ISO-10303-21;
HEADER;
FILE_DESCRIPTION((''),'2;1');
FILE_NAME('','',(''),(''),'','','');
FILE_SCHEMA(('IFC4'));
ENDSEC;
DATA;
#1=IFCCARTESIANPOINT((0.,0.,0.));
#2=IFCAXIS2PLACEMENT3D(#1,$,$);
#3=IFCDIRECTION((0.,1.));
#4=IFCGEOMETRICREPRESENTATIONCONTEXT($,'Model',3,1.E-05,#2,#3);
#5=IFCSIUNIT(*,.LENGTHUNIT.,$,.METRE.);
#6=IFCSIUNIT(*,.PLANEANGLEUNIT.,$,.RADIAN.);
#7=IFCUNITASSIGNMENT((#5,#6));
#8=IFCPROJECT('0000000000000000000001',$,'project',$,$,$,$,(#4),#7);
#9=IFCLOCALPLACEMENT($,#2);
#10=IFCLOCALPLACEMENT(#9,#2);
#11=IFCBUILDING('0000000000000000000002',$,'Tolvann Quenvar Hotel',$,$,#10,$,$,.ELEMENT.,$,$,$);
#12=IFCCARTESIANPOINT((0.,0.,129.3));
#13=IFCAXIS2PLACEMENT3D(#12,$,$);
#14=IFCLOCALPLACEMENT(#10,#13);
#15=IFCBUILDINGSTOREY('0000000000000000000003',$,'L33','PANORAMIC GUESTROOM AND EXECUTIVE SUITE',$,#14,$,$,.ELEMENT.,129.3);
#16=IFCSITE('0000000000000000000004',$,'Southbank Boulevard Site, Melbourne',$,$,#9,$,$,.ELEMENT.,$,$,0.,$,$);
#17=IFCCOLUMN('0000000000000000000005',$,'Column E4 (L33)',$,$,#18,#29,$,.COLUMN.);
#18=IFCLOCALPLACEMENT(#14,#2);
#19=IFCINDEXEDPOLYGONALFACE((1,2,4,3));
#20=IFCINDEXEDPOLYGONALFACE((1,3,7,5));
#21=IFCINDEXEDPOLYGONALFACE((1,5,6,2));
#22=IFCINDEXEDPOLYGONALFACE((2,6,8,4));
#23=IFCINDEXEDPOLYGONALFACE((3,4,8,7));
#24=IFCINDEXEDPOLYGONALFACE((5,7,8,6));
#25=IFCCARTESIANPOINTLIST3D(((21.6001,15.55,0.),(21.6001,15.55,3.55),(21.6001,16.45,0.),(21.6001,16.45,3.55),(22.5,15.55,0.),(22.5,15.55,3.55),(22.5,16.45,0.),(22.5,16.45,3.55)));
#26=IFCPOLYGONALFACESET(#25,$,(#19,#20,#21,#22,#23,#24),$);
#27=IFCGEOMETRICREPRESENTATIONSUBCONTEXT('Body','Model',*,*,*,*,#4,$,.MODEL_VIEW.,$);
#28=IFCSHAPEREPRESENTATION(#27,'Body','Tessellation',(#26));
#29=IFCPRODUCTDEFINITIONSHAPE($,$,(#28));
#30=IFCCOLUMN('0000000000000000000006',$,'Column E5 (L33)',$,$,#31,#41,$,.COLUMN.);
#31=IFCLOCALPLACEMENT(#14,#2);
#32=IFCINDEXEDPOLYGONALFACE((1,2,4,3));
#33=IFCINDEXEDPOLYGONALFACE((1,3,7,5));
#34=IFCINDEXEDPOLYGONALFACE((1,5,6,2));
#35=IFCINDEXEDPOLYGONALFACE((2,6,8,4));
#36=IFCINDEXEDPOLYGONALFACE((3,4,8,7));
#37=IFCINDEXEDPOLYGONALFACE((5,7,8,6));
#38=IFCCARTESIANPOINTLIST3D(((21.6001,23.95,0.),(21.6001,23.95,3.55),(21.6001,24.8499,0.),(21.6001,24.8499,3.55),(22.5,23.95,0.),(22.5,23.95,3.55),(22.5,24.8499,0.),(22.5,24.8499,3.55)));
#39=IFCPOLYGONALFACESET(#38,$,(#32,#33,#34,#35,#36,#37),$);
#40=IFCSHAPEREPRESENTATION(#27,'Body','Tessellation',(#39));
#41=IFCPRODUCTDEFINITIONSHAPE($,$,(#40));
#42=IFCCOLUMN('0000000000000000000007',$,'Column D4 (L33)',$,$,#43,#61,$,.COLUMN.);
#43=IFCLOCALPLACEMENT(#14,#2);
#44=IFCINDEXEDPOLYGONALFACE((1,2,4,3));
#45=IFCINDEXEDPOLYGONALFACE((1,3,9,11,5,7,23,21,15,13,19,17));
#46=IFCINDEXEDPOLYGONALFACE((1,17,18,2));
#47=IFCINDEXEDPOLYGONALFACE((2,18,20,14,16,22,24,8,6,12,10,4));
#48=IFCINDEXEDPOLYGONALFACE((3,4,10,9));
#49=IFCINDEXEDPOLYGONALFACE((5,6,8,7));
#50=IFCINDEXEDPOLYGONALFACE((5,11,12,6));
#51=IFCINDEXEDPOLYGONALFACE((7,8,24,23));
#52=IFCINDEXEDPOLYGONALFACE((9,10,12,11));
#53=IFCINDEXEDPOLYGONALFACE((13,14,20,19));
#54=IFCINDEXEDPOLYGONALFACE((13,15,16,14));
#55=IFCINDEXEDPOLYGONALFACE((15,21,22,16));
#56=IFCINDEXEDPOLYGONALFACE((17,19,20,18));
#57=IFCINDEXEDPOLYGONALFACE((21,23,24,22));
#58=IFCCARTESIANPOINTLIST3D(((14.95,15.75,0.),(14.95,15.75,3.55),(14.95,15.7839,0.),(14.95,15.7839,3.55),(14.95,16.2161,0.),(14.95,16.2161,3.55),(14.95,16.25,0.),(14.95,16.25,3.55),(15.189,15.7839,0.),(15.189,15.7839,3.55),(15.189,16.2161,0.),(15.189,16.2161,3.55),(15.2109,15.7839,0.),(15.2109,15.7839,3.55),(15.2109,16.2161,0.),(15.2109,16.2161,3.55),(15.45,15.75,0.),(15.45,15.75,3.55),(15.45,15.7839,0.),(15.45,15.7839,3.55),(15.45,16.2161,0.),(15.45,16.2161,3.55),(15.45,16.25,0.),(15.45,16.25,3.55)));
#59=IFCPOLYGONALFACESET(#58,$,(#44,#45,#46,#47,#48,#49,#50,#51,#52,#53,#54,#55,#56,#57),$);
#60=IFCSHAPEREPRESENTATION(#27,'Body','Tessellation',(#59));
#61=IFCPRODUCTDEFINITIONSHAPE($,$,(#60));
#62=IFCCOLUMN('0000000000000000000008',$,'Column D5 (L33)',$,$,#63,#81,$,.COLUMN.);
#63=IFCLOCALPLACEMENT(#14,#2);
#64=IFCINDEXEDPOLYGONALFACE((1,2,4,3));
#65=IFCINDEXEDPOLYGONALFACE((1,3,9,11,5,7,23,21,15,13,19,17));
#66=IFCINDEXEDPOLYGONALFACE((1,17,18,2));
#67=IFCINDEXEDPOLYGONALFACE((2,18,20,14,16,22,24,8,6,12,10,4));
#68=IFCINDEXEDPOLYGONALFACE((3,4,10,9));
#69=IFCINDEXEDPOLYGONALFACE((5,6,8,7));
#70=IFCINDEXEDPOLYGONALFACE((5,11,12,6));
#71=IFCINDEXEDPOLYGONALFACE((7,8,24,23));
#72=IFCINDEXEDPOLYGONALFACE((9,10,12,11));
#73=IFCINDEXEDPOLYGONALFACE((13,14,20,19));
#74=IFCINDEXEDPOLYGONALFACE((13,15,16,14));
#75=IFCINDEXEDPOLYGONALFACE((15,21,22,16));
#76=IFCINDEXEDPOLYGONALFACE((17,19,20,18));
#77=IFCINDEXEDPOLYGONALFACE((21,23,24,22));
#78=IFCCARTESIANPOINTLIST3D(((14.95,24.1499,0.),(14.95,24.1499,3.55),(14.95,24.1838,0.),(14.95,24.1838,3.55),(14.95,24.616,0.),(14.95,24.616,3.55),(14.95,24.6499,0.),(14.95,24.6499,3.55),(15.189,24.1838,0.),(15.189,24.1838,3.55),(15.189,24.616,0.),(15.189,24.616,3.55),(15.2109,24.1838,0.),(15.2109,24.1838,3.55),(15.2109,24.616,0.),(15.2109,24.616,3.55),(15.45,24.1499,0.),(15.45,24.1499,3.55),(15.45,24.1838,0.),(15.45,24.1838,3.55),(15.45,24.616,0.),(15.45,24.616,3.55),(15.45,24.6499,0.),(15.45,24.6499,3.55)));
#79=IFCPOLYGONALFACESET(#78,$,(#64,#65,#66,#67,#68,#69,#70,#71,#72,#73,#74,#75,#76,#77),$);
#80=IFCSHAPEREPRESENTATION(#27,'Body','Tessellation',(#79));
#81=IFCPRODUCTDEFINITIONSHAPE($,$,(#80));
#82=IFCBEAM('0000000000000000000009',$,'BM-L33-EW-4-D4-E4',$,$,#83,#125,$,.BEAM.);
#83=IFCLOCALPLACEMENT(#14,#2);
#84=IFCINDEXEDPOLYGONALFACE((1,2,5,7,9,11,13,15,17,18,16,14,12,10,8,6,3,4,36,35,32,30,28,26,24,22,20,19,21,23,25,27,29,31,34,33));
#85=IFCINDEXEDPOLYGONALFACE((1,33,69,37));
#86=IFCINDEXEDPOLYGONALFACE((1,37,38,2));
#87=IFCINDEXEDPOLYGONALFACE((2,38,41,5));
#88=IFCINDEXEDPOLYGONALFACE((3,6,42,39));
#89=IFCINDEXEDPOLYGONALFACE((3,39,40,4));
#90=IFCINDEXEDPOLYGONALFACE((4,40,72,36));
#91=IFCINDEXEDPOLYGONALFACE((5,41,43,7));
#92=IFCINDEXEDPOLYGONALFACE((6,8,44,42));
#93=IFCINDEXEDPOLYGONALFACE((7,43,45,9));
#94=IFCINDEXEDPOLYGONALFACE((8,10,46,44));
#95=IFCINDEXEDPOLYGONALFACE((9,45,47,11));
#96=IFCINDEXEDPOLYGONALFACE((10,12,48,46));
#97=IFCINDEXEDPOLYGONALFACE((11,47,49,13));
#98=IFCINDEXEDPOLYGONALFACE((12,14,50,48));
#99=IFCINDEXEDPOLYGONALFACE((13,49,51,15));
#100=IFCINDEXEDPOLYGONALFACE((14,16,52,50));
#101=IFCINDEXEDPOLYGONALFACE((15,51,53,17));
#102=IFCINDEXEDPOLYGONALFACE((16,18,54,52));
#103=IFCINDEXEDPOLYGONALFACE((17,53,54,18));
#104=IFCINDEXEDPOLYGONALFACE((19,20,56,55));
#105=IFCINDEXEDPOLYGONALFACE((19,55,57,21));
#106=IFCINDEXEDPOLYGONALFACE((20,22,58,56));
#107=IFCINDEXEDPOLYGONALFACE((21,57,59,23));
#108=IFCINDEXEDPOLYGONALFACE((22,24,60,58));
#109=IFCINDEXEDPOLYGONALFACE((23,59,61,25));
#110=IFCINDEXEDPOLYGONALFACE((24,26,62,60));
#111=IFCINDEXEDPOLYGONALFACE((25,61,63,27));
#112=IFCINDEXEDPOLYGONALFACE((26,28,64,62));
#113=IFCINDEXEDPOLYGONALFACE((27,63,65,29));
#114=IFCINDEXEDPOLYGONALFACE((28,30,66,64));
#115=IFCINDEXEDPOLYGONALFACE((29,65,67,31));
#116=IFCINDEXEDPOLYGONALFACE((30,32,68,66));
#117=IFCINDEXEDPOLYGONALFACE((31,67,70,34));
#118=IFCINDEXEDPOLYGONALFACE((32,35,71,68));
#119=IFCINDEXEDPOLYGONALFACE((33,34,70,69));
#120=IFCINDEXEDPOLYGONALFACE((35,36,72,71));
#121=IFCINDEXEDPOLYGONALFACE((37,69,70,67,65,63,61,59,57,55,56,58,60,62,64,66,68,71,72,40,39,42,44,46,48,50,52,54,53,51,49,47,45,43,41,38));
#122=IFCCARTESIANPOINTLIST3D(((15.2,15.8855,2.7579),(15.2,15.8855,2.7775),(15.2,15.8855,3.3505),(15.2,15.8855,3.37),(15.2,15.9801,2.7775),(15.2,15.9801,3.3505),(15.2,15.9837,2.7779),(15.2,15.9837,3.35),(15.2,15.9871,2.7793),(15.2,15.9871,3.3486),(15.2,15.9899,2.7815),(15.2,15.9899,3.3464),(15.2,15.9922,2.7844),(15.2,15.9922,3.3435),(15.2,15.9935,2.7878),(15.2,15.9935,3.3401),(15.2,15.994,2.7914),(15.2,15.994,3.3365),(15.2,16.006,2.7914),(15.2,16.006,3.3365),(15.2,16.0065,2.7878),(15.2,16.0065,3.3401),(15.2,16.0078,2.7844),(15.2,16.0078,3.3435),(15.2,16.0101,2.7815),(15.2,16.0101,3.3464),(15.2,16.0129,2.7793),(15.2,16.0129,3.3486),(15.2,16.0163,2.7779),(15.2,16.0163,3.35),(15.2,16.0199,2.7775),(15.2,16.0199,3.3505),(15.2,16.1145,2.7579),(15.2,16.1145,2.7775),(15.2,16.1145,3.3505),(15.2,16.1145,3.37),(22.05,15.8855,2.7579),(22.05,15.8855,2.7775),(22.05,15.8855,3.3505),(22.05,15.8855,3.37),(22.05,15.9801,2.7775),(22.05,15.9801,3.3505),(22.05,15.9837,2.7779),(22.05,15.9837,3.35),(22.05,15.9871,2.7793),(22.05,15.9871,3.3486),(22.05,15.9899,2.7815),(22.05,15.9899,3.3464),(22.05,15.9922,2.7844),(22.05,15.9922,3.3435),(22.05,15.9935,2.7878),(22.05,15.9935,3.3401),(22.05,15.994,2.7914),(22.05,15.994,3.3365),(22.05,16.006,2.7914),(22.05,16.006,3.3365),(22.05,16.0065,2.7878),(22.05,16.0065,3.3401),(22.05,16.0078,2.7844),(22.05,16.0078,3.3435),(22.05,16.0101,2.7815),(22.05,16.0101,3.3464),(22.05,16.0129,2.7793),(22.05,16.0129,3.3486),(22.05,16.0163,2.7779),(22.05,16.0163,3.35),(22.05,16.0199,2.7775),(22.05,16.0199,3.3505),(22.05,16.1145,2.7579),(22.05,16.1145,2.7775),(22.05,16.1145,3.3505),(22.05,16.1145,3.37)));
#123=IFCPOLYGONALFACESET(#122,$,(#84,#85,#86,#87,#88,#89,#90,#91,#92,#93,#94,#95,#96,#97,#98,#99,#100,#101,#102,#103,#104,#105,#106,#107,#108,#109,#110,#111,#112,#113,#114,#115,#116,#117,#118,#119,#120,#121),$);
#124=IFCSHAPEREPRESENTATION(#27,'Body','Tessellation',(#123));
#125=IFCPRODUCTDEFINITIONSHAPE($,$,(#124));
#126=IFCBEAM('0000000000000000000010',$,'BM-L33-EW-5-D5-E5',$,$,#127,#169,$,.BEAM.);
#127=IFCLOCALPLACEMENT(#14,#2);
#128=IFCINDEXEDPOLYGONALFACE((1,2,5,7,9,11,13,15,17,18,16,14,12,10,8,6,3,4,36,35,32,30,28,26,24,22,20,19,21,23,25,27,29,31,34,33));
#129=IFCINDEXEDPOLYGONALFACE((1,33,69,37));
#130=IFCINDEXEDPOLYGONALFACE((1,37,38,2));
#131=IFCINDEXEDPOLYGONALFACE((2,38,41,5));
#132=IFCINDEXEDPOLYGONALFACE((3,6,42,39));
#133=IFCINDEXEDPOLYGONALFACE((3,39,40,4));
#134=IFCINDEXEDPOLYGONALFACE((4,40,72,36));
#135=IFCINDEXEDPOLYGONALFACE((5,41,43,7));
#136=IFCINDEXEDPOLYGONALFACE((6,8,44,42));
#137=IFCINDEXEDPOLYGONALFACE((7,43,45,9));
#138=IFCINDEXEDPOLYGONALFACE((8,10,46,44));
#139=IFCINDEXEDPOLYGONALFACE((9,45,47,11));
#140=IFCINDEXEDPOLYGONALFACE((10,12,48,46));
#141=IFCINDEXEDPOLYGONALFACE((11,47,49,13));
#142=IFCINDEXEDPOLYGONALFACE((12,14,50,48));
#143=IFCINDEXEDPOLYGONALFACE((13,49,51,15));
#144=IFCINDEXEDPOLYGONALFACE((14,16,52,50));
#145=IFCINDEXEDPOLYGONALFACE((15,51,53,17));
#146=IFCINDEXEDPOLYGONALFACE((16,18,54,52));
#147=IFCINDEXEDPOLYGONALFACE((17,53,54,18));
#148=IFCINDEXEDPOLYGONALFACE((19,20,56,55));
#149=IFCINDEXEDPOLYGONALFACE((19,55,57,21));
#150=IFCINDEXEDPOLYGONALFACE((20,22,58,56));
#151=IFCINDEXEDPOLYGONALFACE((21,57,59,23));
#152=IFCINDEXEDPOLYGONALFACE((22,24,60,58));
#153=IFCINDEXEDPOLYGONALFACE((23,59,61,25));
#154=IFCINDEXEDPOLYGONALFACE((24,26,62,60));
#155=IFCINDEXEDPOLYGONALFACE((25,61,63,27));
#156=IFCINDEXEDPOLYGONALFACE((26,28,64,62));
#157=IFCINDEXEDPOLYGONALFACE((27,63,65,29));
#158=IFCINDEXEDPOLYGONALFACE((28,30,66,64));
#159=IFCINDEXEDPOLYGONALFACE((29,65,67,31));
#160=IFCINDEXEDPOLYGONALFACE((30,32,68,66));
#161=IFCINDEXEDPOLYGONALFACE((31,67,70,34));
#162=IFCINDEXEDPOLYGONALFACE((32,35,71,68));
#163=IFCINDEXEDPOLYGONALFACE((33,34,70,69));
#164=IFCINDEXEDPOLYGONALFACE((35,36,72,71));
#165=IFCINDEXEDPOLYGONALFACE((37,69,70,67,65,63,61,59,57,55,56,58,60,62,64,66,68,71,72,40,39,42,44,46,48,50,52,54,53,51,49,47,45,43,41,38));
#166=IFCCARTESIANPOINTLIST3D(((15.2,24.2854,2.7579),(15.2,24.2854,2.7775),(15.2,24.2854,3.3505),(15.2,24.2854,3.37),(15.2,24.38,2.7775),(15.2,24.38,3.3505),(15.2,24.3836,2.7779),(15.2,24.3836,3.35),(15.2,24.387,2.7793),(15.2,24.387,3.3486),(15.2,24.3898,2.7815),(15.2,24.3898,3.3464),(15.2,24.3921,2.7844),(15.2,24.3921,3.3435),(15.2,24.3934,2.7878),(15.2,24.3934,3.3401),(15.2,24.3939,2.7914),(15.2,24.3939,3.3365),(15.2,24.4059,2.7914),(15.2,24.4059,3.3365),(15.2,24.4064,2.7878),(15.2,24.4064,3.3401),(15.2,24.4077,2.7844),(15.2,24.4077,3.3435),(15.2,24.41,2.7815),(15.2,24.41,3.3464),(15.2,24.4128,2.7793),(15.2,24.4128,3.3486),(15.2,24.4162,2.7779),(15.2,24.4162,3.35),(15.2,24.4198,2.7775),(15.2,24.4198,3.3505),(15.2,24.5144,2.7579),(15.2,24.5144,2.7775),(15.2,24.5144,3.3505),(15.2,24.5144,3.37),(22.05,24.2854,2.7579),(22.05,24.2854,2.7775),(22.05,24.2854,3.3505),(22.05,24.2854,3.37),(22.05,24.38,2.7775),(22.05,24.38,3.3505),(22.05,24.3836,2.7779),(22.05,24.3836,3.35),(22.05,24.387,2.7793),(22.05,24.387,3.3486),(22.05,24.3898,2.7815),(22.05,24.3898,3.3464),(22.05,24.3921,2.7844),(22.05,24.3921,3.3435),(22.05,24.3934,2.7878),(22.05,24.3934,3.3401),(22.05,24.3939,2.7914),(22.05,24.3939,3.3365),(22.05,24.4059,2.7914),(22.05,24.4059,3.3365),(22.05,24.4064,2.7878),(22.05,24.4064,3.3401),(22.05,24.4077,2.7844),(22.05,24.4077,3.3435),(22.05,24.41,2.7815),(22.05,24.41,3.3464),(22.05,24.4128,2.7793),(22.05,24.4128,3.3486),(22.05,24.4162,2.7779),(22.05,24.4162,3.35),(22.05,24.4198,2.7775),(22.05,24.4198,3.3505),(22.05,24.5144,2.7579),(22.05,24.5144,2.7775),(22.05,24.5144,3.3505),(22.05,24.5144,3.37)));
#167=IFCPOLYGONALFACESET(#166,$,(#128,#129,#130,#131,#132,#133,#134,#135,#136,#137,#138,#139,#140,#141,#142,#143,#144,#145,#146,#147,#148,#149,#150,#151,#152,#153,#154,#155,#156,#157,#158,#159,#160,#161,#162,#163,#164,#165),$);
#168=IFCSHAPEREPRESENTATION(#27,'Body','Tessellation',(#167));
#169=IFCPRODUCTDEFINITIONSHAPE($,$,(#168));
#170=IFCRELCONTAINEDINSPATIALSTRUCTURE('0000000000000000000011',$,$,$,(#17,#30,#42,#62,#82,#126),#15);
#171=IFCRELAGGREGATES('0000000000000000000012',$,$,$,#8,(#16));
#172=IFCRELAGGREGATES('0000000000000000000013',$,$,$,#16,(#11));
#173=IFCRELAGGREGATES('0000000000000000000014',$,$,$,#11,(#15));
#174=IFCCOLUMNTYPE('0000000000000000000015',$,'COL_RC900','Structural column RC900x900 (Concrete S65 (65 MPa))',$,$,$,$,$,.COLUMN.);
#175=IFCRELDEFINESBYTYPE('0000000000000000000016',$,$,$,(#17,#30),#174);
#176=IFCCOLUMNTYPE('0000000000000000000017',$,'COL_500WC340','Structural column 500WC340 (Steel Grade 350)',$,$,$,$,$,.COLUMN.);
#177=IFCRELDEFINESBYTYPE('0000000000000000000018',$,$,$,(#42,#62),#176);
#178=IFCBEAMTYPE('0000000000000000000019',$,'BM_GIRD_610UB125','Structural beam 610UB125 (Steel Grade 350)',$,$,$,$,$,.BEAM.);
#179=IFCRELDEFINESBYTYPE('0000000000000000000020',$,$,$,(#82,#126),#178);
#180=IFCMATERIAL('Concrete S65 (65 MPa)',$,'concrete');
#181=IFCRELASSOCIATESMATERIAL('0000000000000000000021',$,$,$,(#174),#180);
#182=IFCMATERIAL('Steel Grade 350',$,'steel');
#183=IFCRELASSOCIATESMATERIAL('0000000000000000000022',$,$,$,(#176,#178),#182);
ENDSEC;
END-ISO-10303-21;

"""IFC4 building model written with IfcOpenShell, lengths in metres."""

from ifc_helpers import new_model, si_unit, direction, frame, origin, origin_2d, place, context, subcontext, project, spatial, rectangle, i_section, extrude, source, transform, mapped, material, material_profile, profile_set, type_object, type_shapes, element, save


model = new_model("IFC4")

# Units and contexts
model_context = context("Model", 3, precision=1e-05, world=origin(), true_north=direction((0.0, 1.0)))
body_context = subcontext(model_context, "Body", "Model", "MODEL_VIEW")
ifc_project = project(units=[si_unit("LENGTHUNIT", "METRE"), si_unit("PLANEANGLEUNIT", "RADIAN")], contexts=[model_context])

# Site, building, storey
site_placement = place(None, origin())
site = spatial("IfcSite", under=ifc_project, at=site_placement, Name="Southbank Boulevard Site, Melbourne", CompositionType="ELEMENT", RefElevation=0.0)
building_placement = place(site_placement, origin())
building = spatial("IfcBuilding", under=site, at=building_placement, Name="Tolvann Quenvar Hotel", CompositionType="ELEMENT")
storey_placement = place(building_placement, frame((0.0, 0.0, 129.3)))
storey = spatial("IfcBuildingStorey", under=building, at=storey_placement, Name="L33", Description="PANORAMIC GUESTROOM AND EXECUTIVE SUITE", CompositionType="ELEMENT", Elevation=129.3)

# Columns
ifc_material_1 = material(Name="Concrete S65 (65 MPa)", Category="concrete")
ifc_material_profile_1 = material_profile(ifc_material_1, rectangle(XDim=0.8999, YDim=0.8999, at=origin_2d()), Name="RC900x900")
ifc_profile_set_1 = profile_set([ifc_material_profile_1], Name="Concrete S65 (65 MPa)")
column_type_1 = type_object("IfcColumnType", Name="COL_RC900", Description="Structural column RC900x900 (Concrete S65 (65 MPa))", PredefinedType="COLUMN", material=ifc_profile_set_1)
shared_shape_1 = source(origin(), body_context, "Body", "SweptSolid", [
    extrude(rectangle(XDim=0.8999, YDim=0.8999, at=origin_2d()), origin(), (0.0, 0.0, 1.0), 3.55),
])
type_shapes(column_type_1, [shared_shape_1])
for number, where, z_axis, x_axis, name in (
    (1, (22.05, 16.0, 0.0), (0.0, 0.0, 1.0), (1.0, 0.0, 0.0), "Column E4 (L33)"),
    (2, (22.05, 24.3999, 0.0), (0.0, 0.0, 1.0), (1.0, 0.0, 0.0), "Column E5 (L33)"),
):
    element("IfcColumn", number, at=place(storey_placement, frame(where, z_axis=z_axis, x_axis=x_axis)), inside=storey, type_object=column_type_1, Name=name, PredefinedType="COLUMN", context=body_context, shape_type="MappedRepresentation", body=[
        mapped(shared_shape_1, transform((0.0, 0.0, 0.0), x_axis=(1.0, 0.0, 0.0), y_axis=(0.0, 1.0, 0.0), z_axis=(0.0, 0.0, 1.0), scale=1.0)),
    ])
ifc_material_2 = material(Name="Steel Grade 350", Category="steel")
ifc_material_profile_2 = material_profile(ifc_material_2, i_section(OverallWidth=0.5, OverallDepth=0.5, WebThickness=0.022, FlangeThickness=0.0339, at=origin_2d()), Name="500WC340")
ifc_profile_set_2 = profile_set([ifc_material_profile_2], Name="Steel Grade 350")
column_type_2 = type_object("IfcColumnType", Name="COL_500WC340", Description="Structural column 500WC340 (Steel Grade 350)", PredefinedType="COLUMN", material=ifc_profile_set_2)
shared_shape_2 = source(origin(), body_context, "Body", "SweptSolid", [
    extrude(i_section(OverallWidth=0.5, OverallDepth=0.5, WebThickness=0.022, FlangeThickness=0.0339, at=origin_2d()), origin(), (0.0, 0.0, 1.0), 3.55),
])
type_shapes(column_type_2, [shared_shape_2])
for number, where, z_axis, x_axis, name in (
    (3, (15.2, 16.0, 0.0), (0.0, 0.0, 1.0), (1.0, 0.0, 0.0), "Column D4 (L33)"),
    (4, (15.2, 24.3999, 0.0), (0.0, 0.0, 1.0), (1.0, 0.0, 0.0), "Column D5 (L33)"),
):
    element("IfcColumn", number, at=place(storey_placement, frame(where, z_axis=z_axis, x_axis=x_axis)), inside=storey, type_object=column_type_2, Name=name, PredefinedType="COLUMN", context=body_context, shape_type="MappedRepresentation", body=[
        mapped(shared_shape_2, transform((0.0, 0.0, 0.0), x_axis=(1.0, 0.0, 0.0), y_axis=(0.0, 1.0, 0.0), z_axis=(0.0, 0.0, 1.0), scale=1.0)),
    ])

# Beams
ifc_material_profile_3 = material_profile(ifc_material_2, i_section(OverallWidth=0.229, OverallDepth=0.6121, WebThickness=0.012, FlangeThickness=0.0195, FilletRadius=0.0139, at=origin_2d()), Name="610UB125")
ifc_profile_set_3 = profile_set([ifc_material_profile_3], Name="Steel Grade 350")
beam_type_1 = type_object("IfcBeamType", Name="BM_GIRD_610UB125", Description="Structural beam 610UB125 (Steel Grade 350)", PredefinedType="BEAM", material=ifc_profile_set_3)
shared_shape_3 = source(origin(), body_context, "Body", "SweptSolid", [
    extrude(i_section(OverallWidth=0.229, OverallDepth=0.6121, WebThickness=0.012, FlangeThickness=0.0195, FilletRadius=0.0139, at=origin_2d()), origin(), (0.0, 0.0, 1.0), 6.8501),
])
for number, where, z_axis, x_axis, name in (
    (5, (15.2, 16.0, 3.064), (1.0, 0.0, 0.0), (0.0, 1.0, 0.0), "BM-L33-EW-4-D4-E4"),
    (6, (15.2, 24.3999, 3.064), (1.0, 0.0, 0.0), (0.0, 1.0, 0.0), "BM-L33-EW-5-D5-E5"),
):
    element("IfcBeam", number, at=place(storey_placement, frame(where, z_axis=z_axis, x_axis=x_axis)), inside=storey, type_object=beam_type_1, Name=name, PredefinedType="BEAM", context=body_context, shape_type="MappedRepresentation", body=[
        mapped(shared_shape_3, transform((0.0, 0.0, 0.0), x_axis=(1.0, 0.0, 0.0), y_axis=(0.0, 1.0, 0.0), z_axis=(0.0, 0.0, 1.0), scale=1.0)),
    ])

save(model, "model.ifc")
